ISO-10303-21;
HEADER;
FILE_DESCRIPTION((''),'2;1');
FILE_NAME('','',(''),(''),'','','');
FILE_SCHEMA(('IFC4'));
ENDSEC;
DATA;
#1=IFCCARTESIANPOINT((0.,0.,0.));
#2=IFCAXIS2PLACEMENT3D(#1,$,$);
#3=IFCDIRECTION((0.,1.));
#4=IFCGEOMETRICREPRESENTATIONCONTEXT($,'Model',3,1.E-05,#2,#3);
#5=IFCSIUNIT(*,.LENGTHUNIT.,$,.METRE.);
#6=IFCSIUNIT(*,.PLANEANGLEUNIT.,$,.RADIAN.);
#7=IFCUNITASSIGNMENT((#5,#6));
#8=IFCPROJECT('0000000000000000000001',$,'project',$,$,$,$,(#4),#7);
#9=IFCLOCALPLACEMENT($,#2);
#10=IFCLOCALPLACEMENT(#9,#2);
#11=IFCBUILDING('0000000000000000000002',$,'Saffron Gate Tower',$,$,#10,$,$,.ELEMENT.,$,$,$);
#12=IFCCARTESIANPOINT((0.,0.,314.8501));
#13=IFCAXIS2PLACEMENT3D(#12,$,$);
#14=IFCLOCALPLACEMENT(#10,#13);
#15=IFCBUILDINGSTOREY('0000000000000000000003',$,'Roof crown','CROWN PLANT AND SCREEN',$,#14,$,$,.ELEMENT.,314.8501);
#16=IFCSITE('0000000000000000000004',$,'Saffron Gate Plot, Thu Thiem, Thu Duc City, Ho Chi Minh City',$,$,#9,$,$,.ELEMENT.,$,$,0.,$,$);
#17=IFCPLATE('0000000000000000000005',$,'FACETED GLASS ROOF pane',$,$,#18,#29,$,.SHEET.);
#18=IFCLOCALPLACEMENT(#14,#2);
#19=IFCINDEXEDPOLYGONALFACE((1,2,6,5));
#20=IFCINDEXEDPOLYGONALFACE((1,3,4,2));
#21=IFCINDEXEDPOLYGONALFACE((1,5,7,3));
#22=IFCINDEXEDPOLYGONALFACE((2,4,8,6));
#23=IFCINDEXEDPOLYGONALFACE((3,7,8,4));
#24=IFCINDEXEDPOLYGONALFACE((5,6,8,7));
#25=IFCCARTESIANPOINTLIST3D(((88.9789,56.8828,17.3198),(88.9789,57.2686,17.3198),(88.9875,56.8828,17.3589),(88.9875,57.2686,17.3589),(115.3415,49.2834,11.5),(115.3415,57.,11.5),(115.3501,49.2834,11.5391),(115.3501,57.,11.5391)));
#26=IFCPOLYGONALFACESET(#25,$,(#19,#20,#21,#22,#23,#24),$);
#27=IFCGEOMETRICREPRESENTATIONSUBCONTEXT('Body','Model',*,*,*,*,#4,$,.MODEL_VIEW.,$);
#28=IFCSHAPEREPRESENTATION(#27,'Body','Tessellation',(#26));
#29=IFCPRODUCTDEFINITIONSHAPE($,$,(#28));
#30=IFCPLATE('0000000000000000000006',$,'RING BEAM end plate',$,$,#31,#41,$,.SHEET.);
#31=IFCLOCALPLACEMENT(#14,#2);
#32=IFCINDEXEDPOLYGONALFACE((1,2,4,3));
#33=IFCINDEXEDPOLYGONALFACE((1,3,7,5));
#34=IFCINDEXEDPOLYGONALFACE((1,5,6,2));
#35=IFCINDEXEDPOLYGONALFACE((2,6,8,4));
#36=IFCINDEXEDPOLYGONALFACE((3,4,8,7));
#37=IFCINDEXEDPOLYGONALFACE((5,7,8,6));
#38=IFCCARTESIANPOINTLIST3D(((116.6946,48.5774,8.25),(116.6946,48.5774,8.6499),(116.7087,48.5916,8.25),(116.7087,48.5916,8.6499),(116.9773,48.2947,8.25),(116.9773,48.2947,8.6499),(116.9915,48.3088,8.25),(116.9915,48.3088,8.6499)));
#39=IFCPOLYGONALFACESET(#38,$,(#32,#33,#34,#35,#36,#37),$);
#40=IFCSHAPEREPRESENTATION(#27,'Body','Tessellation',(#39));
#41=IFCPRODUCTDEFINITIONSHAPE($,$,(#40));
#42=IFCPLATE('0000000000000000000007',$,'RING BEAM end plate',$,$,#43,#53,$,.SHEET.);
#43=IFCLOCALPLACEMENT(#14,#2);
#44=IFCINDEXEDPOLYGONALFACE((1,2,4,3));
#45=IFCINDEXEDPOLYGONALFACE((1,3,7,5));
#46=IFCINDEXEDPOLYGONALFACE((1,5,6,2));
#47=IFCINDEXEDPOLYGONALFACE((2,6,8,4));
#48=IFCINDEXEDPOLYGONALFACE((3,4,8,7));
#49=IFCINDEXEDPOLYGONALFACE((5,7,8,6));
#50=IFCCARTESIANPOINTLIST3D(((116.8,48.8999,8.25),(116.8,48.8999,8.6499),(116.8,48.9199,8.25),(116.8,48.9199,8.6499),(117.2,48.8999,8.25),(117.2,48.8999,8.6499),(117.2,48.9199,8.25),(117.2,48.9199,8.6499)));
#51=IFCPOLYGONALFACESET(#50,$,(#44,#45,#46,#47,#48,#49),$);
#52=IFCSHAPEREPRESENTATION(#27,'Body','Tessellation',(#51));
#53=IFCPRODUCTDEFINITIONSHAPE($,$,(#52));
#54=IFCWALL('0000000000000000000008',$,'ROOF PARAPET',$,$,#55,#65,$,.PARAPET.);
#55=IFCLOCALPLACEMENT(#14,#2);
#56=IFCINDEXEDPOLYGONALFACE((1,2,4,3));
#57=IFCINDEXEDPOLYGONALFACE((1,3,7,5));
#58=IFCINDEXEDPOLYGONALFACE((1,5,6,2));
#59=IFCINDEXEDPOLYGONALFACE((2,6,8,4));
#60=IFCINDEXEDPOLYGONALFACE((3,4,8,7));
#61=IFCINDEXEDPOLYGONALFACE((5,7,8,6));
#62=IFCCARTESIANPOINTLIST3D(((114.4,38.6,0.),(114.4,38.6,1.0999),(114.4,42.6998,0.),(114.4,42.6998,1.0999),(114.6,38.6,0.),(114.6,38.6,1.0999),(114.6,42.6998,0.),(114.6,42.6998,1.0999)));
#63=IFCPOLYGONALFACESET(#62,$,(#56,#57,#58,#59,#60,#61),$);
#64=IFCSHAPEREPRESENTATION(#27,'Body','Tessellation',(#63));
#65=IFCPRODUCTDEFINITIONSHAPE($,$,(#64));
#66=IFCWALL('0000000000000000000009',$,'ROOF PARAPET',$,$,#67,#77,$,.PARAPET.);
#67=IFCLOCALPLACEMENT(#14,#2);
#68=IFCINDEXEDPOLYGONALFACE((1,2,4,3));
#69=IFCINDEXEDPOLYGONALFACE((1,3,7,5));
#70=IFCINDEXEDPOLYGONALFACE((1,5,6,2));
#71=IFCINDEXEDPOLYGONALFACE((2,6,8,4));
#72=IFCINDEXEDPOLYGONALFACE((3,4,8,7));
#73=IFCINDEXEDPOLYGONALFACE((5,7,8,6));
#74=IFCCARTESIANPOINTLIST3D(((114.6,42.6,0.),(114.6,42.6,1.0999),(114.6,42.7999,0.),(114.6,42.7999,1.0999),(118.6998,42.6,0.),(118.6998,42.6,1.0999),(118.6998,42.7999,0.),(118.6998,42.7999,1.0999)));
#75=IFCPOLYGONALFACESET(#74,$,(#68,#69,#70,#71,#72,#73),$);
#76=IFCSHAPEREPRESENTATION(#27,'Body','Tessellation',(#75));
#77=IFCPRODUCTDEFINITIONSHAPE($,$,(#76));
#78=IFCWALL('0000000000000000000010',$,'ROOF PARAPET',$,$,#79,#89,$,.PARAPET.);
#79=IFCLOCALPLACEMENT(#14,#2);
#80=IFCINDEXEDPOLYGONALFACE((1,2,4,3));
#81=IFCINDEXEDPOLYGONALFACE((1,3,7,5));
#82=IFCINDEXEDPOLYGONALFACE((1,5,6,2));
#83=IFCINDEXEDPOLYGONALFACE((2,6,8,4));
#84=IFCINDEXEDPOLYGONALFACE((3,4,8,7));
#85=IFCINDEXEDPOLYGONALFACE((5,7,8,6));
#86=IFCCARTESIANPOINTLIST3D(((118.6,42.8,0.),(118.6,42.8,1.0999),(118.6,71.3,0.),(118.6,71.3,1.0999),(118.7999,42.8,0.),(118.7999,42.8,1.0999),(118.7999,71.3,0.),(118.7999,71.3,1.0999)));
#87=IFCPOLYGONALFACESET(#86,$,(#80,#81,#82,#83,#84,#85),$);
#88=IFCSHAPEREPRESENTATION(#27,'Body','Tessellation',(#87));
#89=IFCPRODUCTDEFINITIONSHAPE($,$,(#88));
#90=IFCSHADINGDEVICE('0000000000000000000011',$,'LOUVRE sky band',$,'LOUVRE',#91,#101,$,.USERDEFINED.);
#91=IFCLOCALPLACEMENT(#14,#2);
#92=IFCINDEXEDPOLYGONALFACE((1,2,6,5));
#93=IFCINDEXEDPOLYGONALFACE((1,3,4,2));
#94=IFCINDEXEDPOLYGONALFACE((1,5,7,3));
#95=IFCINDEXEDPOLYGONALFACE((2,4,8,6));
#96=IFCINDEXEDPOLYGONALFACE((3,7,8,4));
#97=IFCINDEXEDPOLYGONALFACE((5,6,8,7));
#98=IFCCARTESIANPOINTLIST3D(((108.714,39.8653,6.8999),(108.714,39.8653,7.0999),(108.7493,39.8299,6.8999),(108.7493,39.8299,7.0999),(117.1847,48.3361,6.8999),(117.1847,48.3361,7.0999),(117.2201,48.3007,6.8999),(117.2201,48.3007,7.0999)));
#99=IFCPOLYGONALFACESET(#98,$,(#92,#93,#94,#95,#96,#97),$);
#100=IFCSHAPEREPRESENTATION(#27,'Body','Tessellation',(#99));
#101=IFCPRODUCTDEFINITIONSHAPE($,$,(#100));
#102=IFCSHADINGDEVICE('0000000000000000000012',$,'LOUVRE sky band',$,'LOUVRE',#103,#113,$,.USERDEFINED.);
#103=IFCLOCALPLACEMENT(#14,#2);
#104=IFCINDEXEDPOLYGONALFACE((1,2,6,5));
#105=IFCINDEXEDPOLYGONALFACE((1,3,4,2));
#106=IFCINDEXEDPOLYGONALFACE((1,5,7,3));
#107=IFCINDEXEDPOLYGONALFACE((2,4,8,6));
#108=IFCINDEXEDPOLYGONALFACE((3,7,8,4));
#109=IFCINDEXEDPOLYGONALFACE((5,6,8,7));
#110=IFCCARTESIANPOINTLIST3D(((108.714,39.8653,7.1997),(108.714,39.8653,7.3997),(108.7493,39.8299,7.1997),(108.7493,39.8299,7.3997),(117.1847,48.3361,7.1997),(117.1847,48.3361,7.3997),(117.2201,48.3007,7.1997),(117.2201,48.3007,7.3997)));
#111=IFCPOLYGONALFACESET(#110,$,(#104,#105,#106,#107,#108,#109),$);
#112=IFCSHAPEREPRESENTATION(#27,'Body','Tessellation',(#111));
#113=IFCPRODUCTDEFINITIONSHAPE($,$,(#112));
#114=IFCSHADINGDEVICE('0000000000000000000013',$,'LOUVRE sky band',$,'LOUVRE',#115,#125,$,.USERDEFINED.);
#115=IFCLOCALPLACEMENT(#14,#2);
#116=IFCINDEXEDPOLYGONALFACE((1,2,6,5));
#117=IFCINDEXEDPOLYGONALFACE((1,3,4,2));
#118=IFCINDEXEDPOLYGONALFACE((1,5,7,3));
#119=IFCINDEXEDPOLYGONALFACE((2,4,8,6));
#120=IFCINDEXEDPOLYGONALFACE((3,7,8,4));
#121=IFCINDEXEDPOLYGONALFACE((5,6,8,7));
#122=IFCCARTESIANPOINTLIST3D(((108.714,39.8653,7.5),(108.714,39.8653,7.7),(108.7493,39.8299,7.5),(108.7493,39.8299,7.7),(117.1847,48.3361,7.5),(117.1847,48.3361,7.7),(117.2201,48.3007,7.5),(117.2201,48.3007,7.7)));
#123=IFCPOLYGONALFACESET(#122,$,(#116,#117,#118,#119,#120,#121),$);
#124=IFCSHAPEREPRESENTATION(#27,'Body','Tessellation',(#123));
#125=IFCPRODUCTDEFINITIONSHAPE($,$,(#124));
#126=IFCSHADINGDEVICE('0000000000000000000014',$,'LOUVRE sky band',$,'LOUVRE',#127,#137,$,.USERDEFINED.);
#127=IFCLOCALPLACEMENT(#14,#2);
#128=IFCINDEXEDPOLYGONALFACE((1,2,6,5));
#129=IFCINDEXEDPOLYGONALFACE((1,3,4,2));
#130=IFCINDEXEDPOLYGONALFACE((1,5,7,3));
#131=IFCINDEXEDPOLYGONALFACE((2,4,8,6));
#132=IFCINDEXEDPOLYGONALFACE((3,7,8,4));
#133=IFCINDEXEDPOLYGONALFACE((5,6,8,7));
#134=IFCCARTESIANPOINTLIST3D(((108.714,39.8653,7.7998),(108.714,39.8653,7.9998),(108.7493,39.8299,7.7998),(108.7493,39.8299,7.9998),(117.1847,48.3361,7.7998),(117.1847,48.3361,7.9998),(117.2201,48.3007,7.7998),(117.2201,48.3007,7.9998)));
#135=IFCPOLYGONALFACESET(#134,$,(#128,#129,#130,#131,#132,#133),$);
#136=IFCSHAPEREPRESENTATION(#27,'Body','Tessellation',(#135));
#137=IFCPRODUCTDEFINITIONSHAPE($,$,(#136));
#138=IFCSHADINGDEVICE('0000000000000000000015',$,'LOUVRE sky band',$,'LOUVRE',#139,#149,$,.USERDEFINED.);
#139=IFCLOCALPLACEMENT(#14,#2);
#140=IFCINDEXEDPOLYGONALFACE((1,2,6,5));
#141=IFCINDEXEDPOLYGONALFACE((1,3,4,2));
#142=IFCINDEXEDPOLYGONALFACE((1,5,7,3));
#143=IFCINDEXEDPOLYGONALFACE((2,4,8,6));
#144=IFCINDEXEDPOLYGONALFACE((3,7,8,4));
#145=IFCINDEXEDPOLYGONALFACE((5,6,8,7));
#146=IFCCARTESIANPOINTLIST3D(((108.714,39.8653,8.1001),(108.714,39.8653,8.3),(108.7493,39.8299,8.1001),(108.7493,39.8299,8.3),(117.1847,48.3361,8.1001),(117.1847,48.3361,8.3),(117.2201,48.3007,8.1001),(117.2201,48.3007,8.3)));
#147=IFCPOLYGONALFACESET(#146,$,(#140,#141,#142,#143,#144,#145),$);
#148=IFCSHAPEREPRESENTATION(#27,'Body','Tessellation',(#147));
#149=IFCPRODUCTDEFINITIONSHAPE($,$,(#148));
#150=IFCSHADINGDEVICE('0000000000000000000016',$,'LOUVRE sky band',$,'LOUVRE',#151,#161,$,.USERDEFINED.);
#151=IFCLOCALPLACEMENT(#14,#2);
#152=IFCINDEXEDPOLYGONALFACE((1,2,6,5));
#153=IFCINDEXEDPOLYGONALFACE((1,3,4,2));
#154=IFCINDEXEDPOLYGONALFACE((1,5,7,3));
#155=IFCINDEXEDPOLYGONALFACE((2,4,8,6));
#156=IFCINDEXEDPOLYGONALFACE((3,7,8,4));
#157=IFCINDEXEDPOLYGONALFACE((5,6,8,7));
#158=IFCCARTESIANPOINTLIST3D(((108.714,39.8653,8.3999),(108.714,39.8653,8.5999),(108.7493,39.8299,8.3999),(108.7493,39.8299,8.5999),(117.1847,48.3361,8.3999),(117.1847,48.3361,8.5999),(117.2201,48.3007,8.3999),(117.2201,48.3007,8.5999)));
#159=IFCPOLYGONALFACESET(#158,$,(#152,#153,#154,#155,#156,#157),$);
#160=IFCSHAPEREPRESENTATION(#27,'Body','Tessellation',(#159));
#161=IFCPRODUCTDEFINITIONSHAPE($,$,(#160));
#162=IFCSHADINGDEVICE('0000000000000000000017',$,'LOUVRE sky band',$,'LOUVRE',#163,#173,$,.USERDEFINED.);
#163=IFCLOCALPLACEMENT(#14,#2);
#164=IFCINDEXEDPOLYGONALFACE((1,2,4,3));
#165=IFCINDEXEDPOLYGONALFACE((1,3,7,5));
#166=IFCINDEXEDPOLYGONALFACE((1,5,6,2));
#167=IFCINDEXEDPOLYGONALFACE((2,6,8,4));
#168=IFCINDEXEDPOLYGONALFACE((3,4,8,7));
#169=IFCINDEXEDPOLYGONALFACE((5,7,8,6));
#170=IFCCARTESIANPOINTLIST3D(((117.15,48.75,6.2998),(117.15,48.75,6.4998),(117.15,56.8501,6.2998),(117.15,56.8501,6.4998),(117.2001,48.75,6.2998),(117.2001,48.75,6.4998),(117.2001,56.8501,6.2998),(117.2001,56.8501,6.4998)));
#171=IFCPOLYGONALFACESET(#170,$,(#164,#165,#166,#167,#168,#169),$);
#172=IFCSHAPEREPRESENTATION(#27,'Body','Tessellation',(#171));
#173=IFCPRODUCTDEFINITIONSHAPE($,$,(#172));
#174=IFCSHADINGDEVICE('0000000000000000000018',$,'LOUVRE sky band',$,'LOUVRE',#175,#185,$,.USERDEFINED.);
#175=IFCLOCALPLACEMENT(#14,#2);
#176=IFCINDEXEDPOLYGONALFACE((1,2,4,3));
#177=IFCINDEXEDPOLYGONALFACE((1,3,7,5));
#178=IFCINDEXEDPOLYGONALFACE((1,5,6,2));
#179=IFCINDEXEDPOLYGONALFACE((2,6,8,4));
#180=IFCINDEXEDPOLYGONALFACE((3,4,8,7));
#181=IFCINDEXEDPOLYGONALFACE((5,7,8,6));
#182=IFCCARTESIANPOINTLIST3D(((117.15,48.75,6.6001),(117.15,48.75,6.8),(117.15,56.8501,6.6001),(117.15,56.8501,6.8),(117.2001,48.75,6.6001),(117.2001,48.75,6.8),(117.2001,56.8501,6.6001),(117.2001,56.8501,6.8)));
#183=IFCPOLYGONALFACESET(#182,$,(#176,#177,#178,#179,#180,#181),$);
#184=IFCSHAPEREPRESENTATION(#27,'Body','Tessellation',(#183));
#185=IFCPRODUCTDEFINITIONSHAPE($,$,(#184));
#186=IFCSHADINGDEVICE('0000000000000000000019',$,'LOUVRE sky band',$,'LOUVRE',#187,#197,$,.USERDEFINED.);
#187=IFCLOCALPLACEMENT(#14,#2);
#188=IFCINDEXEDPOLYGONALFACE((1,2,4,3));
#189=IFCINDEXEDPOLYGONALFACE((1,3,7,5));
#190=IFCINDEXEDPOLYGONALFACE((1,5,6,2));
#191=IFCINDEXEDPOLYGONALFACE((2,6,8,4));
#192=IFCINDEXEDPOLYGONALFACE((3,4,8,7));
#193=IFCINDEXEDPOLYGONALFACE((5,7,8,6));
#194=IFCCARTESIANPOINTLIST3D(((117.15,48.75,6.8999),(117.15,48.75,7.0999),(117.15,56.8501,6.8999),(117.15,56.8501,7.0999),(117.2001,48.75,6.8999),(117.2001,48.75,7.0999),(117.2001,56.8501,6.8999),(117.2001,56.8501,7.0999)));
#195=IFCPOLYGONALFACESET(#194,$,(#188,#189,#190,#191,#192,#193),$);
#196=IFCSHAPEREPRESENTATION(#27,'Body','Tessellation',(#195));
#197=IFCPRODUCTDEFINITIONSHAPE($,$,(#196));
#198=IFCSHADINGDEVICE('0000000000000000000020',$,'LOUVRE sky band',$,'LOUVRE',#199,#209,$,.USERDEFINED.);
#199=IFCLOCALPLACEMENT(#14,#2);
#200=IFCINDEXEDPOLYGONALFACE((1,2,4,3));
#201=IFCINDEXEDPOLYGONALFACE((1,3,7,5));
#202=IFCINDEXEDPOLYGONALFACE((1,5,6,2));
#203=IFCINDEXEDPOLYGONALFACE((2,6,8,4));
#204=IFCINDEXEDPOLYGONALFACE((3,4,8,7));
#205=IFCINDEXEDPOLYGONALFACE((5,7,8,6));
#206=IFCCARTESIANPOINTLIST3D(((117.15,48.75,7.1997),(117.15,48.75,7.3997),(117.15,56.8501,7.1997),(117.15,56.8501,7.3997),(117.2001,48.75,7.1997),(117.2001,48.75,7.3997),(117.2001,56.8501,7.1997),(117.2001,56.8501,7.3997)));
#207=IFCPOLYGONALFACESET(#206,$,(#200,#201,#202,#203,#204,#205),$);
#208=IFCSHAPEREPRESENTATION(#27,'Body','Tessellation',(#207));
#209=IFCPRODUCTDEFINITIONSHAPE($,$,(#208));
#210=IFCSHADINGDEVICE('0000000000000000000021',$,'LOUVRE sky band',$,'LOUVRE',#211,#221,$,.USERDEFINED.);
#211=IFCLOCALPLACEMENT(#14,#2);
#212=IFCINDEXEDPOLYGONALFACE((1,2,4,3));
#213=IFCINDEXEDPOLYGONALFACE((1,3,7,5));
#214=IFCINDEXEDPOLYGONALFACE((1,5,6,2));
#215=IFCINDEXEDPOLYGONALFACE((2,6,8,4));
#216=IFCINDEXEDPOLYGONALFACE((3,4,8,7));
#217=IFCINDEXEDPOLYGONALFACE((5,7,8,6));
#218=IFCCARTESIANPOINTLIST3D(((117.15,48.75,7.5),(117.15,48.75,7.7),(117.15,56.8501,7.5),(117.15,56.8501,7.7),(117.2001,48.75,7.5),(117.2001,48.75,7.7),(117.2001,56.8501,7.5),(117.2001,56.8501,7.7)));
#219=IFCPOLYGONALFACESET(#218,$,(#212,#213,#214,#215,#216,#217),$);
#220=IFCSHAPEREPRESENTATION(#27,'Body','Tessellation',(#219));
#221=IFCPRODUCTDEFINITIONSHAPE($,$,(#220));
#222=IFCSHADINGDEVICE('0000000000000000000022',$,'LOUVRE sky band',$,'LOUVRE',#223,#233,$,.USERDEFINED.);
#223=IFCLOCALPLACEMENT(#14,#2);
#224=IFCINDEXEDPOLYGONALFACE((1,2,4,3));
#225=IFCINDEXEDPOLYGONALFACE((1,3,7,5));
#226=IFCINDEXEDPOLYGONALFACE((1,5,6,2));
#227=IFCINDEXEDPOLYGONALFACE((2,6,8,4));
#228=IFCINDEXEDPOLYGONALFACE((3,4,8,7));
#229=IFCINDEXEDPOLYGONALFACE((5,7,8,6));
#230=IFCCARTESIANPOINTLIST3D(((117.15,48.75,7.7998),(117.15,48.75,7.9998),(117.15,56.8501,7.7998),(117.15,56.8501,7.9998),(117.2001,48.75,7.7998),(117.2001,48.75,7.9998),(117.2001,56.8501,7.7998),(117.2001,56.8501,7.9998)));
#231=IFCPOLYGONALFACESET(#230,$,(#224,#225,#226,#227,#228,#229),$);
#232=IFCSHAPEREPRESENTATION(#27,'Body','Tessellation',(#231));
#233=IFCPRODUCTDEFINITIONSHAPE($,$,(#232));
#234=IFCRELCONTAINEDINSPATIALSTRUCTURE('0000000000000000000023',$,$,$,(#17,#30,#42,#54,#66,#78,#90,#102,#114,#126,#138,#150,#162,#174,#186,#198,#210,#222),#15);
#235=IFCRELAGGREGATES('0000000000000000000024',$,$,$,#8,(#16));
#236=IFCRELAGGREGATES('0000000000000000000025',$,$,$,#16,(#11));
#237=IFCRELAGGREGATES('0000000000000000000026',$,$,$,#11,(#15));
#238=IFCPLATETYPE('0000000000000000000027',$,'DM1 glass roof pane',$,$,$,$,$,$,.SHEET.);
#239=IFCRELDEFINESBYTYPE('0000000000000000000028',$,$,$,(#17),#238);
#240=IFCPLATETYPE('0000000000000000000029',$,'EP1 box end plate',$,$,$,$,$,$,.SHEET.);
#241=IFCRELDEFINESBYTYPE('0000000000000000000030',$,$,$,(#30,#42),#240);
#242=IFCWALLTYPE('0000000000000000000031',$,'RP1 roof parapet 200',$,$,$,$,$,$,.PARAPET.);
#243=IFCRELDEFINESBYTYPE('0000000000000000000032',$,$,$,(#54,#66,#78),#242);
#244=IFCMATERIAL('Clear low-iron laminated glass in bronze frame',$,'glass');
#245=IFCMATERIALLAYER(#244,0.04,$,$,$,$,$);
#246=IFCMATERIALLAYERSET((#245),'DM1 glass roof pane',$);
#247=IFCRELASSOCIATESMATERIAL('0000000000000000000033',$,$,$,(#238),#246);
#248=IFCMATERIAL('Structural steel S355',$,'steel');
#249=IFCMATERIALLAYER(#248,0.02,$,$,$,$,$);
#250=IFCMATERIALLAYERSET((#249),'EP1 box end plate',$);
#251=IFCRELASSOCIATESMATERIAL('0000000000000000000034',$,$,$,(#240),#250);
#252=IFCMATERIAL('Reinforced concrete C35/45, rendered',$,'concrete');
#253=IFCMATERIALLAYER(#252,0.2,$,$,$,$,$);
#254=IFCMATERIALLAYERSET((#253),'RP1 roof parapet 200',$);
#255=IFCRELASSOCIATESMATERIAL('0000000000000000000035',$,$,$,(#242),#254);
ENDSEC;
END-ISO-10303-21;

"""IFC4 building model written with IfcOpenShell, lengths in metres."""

from ifc_helpers import new_model, si_unit, direction, frame, frame_2d, origin, origin_2d, place, context, subcontext, project, spatial, polyline, rectangle, outline, extrude, material, layer, layer_set, type_object, element, save


model = new_model("IFC4")

# Units and contexts
model_context = context("Model", 3, precision=1e-05, world=origin(), true_north=direction((0.0, 1.0)))
body_context = subcontext(model_context, "Body", "Model", "MODEL_VIEW")
ifc_project = project(units=[si_unit("LENGTHUNIT", "METRE"), si_unit("PLANEANGLEUNIT", "RADIAN")], contexts=[model_context])

# Site, building, storey
site_placement = place(None, origin())
site = spatial("IfcSite", under=ifc_project, at=site_placement, Name="Saffron Gate Plot, Thu Thiem, Thu Duc City, Ho Chi Minh City", CompositionType="ELEMENT", RefElevation=0.0)
building_placement = place(site_placement, origin())
building = spatial("IfcBuilding", under=site, at=building_placement, Name="Saffron Gate Tower", CompositionType="ELEMENT")
storey_placement = place(building_placement, frame((0.0, 0.0, 314.8501)))
storey = spatial("IfcBuildingStorey", under=building, at=storey_placement, Name="Roof crown", Description="CROWN PLANT AND SCREEN", CompositionType="ELEMENT", Elevation=314.8501)

# Shared definitions
ifc_material_1 = material(Name="Structural steel S355", Category="steel")

# Plates
ifc_material_2 = material(Name="Clear low-iron laminated glass in bronze frame", Category="glass")
ifc_layer_1 = layer(ifc_material_2, 0.04)
ifc_layer_set_1 = layer_set([ifc_layer_1], Name="DM1 glass roof pane")
plate_type_1 = type_object("IfcPlateType", Name="DM1 glass roof pane", PredefinedType="SHEET", material=ifc_layer_set_1)
plate_1_placement = place(storey_placement, frame((115.3501, 49.2834, 11.5391), z_axis=(0.215571, 0.0, 0.976488), x_axis=(0.0, 1.0, 0.0)))
element("IfcPlate", 1, at=plate_1_placement, inside=storey, type_object=plate_type_1, Name="FACETED GLASS ROOF pane", PredefinedType="SHEET", context=body_context, shape_type="SweptSolid", body=[
    extrude(outline(polyline([(0.0, 0.0), (7.7166, 0.0), (7.9851, 26.9973), (7.5994, 26.9973), (0.0, 0.0)])), origin(), (0.0, 0.0, -1.0), 0.04),
])
ifc_layer_2 = layer(ifc_material_1, 0.02)
ifc_layer_set_2 = layer_set([ifc_layer_2], Name="EP1 box end plate")
plate_type_2 = type_object("IfcPlateType", Name="EP1 box end plate", PredefinedType="SHEET", material=ifc_layer_set_2)
for number, where, z_axis, x_axis, name in (
    (2, (116.843, 48.4431, 8.25), (0.0, 0.0, 1.0), (0.707107, 0.707107, 0.0), "RING BEAM end plate"),
    (3, (117.0, 48.9099, 8.25), (0.0, 0.0, 1.0), (0.0, 1.0, 0.0), "RING BEAM end plate"),
):
    element("IfcPlate", number, at=place(storey_placement, frame(where, z_axis=z_axis, x_axis=x_axis)), inside=storey, type_object=plate_type_2, Name=name, PredefinedType="SHEET", context=body_context, shape_type="SweptSolid", body=[
        extrude(rectangle(XDim=0.02, YDim=0.3999, at=origin_2d()), origin(), (0.0, 0.0, 1.0), 0.3999),
    ])

# Walls
ifc_material_3 = material(Name="Reinforced concrete C35/45, rendered", Category="concrete")
ifc_layer_3 = layer(ifc_material_3, 0.2)
ifc_layer_set_3 = layer_set([ifc_layer_3], Name="RP1 roof parapet 200")
wall_type = type_object("IfcWallType", Name="RP1 roof parapet 200", PredefinedType="PARAPET", material=ifc_layer_set_3)
for number, where, z_axis, x_axis, name in (
    (4, (114.5, 38.6001, 0.0), (0.0, 0.0, 1.0), (0.0, 1.0, 0.0), "ROOF PARAPET"),
    (5, (114.6001, 42.7, 0.0), (0.0, 0.0, 1.0), (1.0, 0.0, 0.0), "ROOF PARAPET"),
):
    element("IfcWall", number, at=place(storey_placement, frame(where, z_axis=z_axis, x_axis=x_axis)), inside=storey, type_object=wall_type, Name=name, PredefinedType="PARAPET", context=body_context, shape_type="SweptSolid", body=[
        extrude(rectangle(XDim=4.0999, YDim=0.2, at=frame_2d((2.0498, 0.0))), origin(), (0.0, 0.0, 1.0), 1.0999),
    ])
wall_placement = place(storey_placement, frame((118.7, 42.8, 0.0), z_axis=(0.0, 0.0, 1.0), x_axis=(0.0, 1.0, 0.0)))
element("IfcWall", 6, at=wall_placement, inside=storey, type_object=wall_type, Name="ROOF PARAPET", PredefinedType="PARAPET", context=body_context, shape_type="SweptSolid", body=[
    extrude(rectangle(XDim=28.5, YDim=0.2, at=frame_2d((14.25, 0.0))), origin(), (0.0, 0.0, 1.0), 1.0999),
])

# Shading devices
for number, where, z_axis, x_axis, name in (
    (7, (112.967, 44.083, 6.8999), (0.0, 0.0, 1.0), (0.707107, 0.707107, 0.0), "LOUVRE sky band"),
    (8, (112.967, 44.083, 7.1997), (0.0, 0.0, 1.0), (0.707107, 0.707107, 0.0), "LOUVRE sky band"),
    (9, (112.967, 44.083, 7.5), (0.0, 0.0, 1.0), (0.707107, 0.707107, 0.0), "LOUVRE sky band"),
    (10, (112.967, 44.083, 7.7998), (0.0, 0.0, 1.0), (0.707107, 0.707107, 0.0), "LOUVRE sky band"),
    (11, (112.967, 44.083, 8.1001), (0.0, 0.0, 1.0), (0.707107, 0.707107, 0.0), "LOUVRE sky band"),
    (12, (112.967, 44.083, 8.3999), (0.0, 0.0, 1.0), (0.707107, 0.707107, 0.0), "LOUVRE sky band"),
):
    element("IfcShadingDevice", number, at=place(storey_placement, frame(where, z_axis=z_axis, x_axis=x_axis)), inside=storey, Name=name, ObjectType="LOUVRE", PredefinedType="USERDEFINED", context=body_context, shape_type="SweptSolid", body=[
        extrude(rectangle(XDim=11.9795, YDim=0.05, at=origin_2d()), origin(), (0.0, 0.0, 1.0), 0.2),
    ])
for number, where, z_axis, x_axis, name in (
    (13, (117.175, 52.8, 6.2998), (0.0, 0.0, 1.0), (0.0, 1.0, 0.0), "LOUVRE sky band"),
    (14, (117.175, 52.8, 6.6001), (0.0, 0.0, 1.0), (0.0, 1.0, 0.0), "LOUVRE sky band"),
    (15, (117.175, 52.8, 6.8999), (0.0, 0.0, 1.0), (0.0, 1.0, 0.0), "LOUVRE sky band"),
    (16, (117.175, 52.8, 7.1997), (0.0, 0.0, 1.0), (0.0, 1.0, 0.0), "LOUVRE sky band"),
    (17, (117.175, 52.8, 7.5), (0.0, 0.0, 1.0), (0.0, 1.0, 0.0), "LOUVRE sky band"),
    (18, (117.175, 52.8, 7.7998), (0.0, 0.0, 1.0), (0.0, 1.0, 0.0), "LOUVRE sky band"),
):
    element("IfcShadingDevice", number, at=place(storey_placement, frame(where, z_axis=z_axis, x_axis=x_axis)), inside=storey, Name=name, ObjectType="LOUVRE", PredefinedType="USERDEFINED", context=body_context, shape_type="SweptSolid", body=[
        extrude(rectangle(XDim=8.1001, YDim=0.05, at=origin_2d()), origin(), (0.0, 0.0, 1.0), 0.2),
    ])

save(model, "model.ifc")
